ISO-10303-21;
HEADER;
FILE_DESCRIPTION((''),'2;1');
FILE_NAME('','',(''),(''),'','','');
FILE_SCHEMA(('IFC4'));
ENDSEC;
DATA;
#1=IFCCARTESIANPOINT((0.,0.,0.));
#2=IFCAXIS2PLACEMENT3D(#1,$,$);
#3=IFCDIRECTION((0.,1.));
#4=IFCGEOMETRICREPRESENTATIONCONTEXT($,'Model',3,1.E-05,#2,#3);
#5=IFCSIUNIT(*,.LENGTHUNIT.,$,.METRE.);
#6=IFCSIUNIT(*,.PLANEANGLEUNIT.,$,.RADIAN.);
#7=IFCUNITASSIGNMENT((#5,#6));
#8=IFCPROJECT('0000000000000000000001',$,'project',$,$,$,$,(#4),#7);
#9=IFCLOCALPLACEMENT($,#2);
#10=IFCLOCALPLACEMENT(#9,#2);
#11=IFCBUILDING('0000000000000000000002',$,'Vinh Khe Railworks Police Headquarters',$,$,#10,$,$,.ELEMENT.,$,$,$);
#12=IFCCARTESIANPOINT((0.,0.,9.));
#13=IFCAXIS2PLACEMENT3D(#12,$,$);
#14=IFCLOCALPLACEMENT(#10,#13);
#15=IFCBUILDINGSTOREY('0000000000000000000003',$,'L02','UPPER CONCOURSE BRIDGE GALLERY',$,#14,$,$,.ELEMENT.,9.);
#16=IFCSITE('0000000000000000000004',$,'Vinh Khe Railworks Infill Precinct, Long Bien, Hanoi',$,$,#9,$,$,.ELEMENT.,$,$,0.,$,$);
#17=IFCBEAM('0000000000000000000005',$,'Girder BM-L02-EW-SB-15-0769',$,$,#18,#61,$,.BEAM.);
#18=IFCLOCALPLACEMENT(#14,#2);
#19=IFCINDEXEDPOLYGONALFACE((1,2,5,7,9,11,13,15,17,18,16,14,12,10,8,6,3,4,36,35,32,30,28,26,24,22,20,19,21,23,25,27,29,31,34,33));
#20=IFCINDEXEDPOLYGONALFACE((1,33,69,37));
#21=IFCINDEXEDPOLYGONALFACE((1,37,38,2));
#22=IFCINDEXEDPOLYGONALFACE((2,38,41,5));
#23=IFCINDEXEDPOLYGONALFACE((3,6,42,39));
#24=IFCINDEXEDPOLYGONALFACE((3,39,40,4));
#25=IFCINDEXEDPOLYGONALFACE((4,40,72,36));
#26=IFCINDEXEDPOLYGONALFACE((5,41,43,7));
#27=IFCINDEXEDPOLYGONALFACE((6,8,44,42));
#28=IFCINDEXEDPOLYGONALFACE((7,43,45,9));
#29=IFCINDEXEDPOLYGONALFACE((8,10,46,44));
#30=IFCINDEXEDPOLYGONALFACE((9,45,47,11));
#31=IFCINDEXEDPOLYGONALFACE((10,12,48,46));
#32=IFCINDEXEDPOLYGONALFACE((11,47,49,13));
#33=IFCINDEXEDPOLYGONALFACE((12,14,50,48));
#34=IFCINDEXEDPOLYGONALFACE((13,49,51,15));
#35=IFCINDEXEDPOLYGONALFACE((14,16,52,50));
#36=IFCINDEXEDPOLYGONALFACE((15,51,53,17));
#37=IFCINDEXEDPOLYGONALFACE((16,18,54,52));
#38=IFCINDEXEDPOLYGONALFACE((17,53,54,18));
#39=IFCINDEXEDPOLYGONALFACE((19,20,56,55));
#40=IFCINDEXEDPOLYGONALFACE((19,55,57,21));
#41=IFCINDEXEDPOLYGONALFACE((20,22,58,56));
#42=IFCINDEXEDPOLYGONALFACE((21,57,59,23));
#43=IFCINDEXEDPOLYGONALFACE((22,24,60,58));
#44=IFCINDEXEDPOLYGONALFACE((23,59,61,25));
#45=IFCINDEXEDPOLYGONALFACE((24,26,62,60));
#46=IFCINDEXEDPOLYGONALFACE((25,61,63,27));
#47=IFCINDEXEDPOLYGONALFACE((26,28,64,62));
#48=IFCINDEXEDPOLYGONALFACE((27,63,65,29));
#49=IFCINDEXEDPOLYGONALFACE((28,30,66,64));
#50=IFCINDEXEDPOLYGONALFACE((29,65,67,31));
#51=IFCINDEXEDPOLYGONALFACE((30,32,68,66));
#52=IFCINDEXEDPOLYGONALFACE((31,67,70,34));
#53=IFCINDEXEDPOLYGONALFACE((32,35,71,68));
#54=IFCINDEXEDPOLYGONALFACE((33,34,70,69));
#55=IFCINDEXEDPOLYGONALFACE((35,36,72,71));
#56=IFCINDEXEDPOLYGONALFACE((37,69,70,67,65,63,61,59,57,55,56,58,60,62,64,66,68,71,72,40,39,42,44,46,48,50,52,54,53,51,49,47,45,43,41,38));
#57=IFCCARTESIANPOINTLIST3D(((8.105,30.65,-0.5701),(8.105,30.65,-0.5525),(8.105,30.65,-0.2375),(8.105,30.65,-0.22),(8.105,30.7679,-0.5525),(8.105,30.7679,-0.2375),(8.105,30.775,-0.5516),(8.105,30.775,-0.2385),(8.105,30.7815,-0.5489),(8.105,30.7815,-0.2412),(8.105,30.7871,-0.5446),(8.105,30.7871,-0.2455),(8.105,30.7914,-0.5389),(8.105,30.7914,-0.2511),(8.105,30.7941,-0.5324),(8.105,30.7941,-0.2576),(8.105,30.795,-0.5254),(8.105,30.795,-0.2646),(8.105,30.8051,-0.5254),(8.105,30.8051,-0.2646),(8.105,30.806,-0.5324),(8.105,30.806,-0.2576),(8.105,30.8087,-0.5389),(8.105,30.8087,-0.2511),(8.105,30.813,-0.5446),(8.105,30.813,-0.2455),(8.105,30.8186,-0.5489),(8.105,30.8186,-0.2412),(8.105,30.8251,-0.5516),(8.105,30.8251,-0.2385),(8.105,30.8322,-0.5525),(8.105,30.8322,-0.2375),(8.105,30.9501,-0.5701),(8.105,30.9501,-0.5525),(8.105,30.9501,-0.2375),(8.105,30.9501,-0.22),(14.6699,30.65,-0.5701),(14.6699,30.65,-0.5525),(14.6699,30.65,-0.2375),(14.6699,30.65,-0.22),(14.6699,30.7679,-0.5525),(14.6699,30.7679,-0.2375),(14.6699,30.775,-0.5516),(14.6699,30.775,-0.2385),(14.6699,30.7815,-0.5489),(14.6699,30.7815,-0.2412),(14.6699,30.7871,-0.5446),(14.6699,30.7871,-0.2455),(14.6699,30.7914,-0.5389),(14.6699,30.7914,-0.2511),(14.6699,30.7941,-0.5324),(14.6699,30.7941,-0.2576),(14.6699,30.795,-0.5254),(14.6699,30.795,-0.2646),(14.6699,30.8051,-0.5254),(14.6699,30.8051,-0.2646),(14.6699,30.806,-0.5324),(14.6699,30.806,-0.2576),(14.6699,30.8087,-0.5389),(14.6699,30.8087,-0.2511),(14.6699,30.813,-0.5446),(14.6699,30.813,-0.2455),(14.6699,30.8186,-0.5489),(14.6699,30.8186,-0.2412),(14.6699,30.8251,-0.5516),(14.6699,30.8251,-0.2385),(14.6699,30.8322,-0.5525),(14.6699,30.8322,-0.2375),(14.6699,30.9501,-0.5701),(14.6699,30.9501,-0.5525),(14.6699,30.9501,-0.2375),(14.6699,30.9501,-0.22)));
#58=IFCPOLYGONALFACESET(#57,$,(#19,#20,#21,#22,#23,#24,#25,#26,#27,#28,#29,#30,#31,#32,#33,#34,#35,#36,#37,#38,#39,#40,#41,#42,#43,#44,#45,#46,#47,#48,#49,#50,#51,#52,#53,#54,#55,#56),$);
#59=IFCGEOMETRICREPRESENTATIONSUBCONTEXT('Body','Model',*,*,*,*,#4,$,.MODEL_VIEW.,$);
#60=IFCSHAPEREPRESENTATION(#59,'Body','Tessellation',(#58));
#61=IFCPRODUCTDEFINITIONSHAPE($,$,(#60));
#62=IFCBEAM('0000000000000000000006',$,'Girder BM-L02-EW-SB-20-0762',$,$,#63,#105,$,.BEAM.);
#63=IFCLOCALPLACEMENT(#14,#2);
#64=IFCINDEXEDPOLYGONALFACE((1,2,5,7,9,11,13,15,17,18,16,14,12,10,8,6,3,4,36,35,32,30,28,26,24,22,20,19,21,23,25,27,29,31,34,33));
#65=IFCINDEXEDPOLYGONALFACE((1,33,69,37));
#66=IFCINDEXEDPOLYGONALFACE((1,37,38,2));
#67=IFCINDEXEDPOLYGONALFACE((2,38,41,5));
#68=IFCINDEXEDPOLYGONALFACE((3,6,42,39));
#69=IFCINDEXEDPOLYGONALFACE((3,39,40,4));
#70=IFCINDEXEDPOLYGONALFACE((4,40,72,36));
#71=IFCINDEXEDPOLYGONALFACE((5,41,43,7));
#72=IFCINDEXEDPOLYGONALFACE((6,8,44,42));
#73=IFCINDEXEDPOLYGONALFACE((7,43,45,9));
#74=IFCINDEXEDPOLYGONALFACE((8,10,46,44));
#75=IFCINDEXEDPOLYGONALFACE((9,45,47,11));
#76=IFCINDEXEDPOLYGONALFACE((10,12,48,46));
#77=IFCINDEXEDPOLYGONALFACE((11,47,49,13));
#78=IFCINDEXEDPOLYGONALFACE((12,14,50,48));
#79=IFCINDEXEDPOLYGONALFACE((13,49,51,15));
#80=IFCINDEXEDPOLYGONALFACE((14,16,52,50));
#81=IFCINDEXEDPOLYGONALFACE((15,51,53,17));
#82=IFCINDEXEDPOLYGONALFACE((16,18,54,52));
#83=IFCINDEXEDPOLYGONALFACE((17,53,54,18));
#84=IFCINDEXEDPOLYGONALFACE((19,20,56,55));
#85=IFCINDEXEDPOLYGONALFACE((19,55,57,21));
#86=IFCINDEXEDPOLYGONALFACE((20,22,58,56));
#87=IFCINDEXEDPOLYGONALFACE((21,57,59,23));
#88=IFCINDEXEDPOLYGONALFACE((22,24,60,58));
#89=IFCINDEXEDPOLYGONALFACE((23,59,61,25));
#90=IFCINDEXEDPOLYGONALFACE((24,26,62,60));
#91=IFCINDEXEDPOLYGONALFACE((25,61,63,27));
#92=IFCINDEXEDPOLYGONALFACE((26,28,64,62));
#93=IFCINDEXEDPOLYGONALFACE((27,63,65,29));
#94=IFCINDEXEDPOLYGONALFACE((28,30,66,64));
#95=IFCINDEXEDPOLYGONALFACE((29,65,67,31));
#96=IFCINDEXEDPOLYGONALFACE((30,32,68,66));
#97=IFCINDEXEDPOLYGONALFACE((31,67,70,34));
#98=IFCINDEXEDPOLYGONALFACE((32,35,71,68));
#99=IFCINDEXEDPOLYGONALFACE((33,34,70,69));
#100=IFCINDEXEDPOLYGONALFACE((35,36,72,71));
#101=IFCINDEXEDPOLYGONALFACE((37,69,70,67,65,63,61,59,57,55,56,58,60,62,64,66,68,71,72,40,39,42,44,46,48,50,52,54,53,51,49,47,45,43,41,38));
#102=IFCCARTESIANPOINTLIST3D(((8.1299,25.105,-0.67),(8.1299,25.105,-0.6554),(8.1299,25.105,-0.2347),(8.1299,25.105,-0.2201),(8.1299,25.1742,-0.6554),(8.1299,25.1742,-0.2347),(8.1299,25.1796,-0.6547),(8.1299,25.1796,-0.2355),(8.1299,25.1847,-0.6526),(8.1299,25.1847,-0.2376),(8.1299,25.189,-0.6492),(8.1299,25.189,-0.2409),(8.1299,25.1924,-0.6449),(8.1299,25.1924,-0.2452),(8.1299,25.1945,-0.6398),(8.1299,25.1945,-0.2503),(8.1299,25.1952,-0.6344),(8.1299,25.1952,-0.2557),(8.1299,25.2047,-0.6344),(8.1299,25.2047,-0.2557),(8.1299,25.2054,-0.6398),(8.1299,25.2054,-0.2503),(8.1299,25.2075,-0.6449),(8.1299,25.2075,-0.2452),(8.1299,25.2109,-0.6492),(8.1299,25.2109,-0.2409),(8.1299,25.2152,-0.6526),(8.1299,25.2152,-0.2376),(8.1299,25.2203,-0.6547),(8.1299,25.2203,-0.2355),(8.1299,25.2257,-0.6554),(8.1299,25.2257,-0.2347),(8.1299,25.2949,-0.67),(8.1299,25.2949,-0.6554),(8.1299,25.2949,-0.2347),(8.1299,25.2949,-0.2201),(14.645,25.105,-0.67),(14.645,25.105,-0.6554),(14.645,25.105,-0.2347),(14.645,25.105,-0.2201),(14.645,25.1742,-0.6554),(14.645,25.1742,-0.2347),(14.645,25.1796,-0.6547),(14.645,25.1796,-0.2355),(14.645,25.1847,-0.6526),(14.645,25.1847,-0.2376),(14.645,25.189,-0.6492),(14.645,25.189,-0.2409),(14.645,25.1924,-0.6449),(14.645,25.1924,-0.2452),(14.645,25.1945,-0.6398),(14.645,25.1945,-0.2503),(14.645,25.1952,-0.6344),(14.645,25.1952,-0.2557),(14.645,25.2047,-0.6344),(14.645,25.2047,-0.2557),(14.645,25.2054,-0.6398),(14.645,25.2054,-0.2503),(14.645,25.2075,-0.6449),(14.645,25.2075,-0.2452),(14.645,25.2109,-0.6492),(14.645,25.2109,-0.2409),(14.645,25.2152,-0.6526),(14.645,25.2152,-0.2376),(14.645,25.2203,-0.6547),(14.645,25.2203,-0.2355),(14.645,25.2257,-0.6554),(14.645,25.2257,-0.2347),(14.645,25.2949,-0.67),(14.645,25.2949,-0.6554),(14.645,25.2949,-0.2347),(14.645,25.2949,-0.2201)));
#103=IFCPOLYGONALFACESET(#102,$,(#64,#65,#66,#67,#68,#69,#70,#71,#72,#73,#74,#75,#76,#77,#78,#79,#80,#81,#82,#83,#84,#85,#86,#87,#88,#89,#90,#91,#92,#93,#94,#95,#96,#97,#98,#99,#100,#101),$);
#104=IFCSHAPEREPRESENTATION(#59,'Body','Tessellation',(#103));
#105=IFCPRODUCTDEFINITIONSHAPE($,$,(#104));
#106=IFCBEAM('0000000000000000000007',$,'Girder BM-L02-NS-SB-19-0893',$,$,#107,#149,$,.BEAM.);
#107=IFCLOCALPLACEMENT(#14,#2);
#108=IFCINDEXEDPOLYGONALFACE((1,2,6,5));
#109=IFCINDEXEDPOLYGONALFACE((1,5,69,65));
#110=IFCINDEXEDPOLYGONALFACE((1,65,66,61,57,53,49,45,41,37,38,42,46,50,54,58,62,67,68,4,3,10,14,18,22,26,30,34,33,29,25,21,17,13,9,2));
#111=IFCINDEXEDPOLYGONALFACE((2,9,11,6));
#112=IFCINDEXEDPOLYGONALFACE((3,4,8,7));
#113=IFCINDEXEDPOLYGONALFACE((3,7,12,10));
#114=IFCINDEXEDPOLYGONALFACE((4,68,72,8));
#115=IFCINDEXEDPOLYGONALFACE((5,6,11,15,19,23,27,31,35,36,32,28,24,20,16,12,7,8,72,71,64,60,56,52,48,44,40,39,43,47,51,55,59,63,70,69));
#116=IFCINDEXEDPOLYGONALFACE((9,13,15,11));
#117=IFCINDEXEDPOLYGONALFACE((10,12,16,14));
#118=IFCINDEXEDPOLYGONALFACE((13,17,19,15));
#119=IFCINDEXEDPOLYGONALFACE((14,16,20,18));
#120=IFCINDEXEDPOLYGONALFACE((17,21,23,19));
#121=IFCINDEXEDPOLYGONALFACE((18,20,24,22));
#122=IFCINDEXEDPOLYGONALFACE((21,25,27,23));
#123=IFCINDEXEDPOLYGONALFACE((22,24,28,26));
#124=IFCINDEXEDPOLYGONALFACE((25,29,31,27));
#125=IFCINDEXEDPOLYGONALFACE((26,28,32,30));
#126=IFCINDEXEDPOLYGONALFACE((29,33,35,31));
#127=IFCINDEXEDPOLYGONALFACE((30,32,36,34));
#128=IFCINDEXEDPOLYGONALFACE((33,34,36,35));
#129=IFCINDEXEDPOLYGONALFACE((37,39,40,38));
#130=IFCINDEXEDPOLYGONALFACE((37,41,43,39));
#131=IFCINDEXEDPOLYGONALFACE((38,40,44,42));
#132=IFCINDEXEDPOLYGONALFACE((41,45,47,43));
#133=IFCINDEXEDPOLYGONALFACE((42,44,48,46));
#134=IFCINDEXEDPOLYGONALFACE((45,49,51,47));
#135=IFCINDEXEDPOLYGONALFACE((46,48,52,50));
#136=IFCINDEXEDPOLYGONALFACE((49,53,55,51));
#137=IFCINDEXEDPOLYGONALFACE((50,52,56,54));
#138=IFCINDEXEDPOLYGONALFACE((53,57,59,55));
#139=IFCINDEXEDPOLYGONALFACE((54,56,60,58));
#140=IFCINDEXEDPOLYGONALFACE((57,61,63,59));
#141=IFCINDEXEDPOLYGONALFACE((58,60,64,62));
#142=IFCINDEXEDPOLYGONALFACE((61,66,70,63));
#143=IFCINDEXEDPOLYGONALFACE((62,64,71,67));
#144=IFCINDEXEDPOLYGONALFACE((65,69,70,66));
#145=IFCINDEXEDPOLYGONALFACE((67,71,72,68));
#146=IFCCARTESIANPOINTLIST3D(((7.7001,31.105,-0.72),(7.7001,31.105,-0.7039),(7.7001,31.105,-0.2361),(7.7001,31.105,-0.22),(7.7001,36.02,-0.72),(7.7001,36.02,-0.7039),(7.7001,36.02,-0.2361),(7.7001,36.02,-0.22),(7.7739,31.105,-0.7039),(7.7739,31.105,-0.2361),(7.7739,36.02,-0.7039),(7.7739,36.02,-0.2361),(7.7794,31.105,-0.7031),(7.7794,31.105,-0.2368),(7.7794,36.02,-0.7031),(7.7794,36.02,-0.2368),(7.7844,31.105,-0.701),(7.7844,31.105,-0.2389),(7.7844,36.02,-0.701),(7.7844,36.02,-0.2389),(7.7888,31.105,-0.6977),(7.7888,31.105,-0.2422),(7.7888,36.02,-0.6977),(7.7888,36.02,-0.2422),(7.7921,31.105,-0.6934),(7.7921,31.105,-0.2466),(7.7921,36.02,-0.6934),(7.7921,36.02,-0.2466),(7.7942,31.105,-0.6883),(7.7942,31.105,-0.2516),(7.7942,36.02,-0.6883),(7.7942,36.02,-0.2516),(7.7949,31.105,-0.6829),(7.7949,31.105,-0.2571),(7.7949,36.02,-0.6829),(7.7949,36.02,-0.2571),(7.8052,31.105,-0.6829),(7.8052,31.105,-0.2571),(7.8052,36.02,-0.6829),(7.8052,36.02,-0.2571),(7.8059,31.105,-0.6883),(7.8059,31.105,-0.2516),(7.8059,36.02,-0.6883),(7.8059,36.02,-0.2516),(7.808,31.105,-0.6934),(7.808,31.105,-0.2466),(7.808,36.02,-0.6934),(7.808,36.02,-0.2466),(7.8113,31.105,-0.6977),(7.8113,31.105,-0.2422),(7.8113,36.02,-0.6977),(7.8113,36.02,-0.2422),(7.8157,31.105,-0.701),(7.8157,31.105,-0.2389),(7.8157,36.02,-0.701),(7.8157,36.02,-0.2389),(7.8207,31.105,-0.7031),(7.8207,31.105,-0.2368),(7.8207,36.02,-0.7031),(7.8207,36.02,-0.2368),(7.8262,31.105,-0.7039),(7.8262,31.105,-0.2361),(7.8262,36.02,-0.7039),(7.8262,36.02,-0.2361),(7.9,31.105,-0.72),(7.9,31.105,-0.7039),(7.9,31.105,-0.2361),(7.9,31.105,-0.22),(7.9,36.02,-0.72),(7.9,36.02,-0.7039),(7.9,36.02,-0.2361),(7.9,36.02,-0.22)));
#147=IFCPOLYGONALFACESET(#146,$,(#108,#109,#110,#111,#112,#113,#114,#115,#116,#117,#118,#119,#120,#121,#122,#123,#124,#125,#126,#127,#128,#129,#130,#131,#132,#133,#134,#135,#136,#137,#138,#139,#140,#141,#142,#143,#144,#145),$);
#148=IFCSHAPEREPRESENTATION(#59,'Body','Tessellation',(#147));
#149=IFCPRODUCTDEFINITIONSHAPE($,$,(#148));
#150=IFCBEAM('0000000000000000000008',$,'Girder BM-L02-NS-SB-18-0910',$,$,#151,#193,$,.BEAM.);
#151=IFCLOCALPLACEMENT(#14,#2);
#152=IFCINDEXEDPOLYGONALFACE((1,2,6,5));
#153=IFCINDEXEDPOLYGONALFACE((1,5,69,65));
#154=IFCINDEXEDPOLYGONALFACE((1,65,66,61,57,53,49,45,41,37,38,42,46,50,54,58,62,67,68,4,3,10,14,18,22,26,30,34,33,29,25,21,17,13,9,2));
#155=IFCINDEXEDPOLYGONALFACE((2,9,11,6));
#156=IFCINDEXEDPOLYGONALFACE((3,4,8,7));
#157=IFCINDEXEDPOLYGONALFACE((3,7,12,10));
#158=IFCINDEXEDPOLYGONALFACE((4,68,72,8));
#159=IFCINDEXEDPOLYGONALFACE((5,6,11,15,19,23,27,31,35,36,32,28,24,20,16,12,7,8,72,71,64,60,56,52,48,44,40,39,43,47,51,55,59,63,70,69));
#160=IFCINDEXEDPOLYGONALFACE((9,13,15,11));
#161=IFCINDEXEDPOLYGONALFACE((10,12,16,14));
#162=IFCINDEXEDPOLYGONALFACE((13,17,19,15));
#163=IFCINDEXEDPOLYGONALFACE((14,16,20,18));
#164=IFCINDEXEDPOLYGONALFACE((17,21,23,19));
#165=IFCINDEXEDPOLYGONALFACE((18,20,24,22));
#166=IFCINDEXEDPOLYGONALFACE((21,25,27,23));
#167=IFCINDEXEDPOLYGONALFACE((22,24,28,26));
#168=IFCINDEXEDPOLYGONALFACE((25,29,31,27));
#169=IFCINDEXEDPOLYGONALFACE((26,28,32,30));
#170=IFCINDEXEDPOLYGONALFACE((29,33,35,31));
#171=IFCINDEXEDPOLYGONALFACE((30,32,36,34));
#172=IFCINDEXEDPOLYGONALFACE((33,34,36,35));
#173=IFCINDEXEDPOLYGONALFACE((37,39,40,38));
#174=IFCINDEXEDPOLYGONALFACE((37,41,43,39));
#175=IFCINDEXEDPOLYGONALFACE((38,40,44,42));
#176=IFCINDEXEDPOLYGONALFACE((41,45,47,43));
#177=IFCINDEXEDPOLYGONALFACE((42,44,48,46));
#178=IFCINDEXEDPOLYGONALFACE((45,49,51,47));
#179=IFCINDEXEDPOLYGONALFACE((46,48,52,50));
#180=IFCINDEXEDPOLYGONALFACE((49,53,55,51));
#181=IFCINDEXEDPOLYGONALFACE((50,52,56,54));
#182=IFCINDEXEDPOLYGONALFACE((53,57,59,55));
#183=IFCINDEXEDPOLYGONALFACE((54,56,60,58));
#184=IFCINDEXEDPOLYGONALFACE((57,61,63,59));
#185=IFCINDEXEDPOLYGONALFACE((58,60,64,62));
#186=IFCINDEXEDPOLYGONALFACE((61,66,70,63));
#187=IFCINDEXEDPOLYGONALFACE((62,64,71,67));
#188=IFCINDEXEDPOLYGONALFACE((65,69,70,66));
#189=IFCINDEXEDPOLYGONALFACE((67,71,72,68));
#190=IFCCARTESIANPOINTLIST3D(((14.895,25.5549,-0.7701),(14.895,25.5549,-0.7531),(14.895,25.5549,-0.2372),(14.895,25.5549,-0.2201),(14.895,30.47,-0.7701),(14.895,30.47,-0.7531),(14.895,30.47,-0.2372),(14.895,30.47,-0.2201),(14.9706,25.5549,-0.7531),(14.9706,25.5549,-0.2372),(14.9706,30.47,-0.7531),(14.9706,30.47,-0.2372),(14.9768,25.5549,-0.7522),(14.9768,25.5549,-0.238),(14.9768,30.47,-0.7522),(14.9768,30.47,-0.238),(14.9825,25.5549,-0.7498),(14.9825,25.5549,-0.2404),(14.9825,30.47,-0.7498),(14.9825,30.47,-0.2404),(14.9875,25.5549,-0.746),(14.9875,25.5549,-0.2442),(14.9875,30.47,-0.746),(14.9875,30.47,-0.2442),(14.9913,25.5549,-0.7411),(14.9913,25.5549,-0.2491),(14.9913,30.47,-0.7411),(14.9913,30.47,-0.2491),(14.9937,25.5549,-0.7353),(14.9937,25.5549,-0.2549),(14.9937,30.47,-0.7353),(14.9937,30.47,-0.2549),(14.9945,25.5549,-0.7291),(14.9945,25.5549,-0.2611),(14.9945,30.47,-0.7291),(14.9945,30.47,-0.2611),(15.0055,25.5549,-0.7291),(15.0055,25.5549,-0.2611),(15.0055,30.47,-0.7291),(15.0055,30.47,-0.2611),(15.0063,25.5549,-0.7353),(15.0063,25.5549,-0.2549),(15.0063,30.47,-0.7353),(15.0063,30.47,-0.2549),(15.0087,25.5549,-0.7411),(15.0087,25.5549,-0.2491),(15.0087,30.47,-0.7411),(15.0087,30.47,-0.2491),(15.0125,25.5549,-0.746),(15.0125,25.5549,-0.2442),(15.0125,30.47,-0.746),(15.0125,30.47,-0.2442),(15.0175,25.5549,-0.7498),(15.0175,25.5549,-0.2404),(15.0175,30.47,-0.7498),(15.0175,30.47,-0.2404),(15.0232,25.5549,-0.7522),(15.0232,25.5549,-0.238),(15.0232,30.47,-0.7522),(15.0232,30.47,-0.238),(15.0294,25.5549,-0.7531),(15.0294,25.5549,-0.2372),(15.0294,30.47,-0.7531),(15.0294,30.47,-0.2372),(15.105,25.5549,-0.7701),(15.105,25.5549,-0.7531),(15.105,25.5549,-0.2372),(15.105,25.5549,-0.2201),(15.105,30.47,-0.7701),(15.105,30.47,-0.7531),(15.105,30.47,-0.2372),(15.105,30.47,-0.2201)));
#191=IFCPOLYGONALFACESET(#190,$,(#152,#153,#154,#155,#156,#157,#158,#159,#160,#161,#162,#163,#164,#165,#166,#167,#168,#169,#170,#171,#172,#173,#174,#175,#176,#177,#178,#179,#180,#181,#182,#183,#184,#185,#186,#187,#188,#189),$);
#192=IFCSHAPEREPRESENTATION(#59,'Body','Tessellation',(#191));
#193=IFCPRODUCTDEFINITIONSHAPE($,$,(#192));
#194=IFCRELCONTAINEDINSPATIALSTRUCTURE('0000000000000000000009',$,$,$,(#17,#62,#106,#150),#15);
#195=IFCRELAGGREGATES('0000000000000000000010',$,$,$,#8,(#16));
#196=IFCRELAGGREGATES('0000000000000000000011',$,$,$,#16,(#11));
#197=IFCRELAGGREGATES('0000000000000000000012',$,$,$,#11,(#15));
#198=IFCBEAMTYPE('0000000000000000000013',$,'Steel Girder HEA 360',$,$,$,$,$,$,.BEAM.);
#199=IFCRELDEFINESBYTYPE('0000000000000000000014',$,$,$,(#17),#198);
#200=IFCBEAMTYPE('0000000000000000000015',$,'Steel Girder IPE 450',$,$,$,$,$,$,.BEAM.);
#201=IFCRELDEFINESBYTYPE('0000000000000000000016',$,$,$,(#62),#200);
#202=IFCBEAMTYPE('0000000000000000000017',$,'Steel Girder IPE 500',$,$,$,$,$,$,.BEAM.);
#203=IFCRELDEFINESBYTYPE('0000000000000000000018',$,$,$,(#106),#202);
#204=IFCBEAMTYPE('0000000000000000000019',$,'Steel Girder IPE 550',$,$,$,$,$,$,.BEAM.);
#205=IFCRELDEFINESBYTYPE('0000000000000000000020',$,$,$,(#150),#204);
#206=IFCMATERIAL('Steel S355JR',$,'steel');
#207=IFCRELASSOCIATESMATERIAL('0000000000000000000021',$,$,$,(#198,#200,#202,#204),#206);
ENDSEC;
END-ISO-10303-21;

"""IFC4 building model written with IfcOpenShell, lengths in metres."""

from ifc_helpers import new_model, si_unit, direction, frame, origin, origin_2d, place, context, subcontext, project, spatial, i_section, extrude, material, material_profile, profile_set, type_object, element, save


model = new_model("IFC4")

# Units and contexts
model_context = context("Model", 3, precision=1e-05, world=origin(), true_north=direction((0.0, 1.0)))
body_context = subcontext(model_context, "Body", "Model", "MODEL_VIEW")
ifc_project = project(units=[si_unit("LENGTHUNIT", "METRE"), si_unit("PLANEANGLEUNIT", "RADIAN")], contexts=[model_context])

# Site, building, storey
site_placement = place(None, origin())
site = spatial("IfcSite", under=ifc_project, at=site_placement, Name="Vinh Khe Railworks Infill Precinct, Long Bien, Hanoi", CompositionType="ELEMENT", RefElevation=0.0)
building_placement = place(site_placement, origin())
building = spatial("IfcBuilding", under=site, at=building_placement, Name="Vinh Khe Railworks Police Headquarters", CompositionType="ELEMENT")
storey_placement = place(building_placement, frame((0.0, 0.0, 9.0)))
storey = spatial("IfcBuildingStorey", under=building, at=storey_placement, Name="L02", Description="UPPER CONCOURSE BRIDGE GALLERY", CompositionType="ELEMENT", Elevation=9.0)

# Shared definitions
ifc_material_1 = material(Name="Steel S355JR", Category="steel")

# Beams
ifc_material_profile_1 = material_profile(ifc_material_1, i_section(OverallWidth=0.3, OverallDepth=0.3501, WebThickness=0.01, FlangeThickness=0.0176, FilletRadius=0.0271, at=origin_2d()), Name="HEA 360")
ifc_profile_set_1 = profile_set([ifc_material_profile_1], Name="Steel S355JR")
beam_type_1 = type_object("IfcBeamType", Name="Steel Girder HEA 360", PredefinedType="BEAM", material=ifc_profile_set_1)
beam_1_placement = place(storey_placement, frame((8.105, 30.8, -0.395), z_axis=(1.0, 0.0, 0.0), x_axis=(0.0, 1.0, 0.0)))
element("IfcBeam", 1, at=beam_1_placement, inside=storey, type_object=beam_type_1, Name="Girder BM-L02-EW-SB-15-0769", PredefinedType="BEAM", context=body_context, shape_type="SweptSolid", body=[
    extrude(i_section(OverallWidth=0.3, OverallDepth=0.3501, WebThickness=0.01, FlangeThickness=0.0176, FilletRadius=0.0271, at=origin_2d()), origin(), (0.0, 0.0, 1.0), 6.5649),
])
ifc_material_profile_2 = material_profile(ifc_material_1, i_section(OverallWidth=0.1899, OverallDepth=0.45, WebThickness=0.0095, FlangeThickness=0.0146, FilletRadius=0.021, at=origin_2d()), Name="IPE 450")
ifc_profile_set_2 = profile_set([ifc_material_profile_2], Name="Steel S355JR")
beam_type_2 = type_object("IfcBeamType", Name="Steel Girder IPE 450", PredefinedType="BEAM", material=ifc_profile_set_2)
beam_2_placement = place(storey_placement, frame((8.1299, 25.2, -0.4451), z_axis=(1.0, 0.0, 0.0), x_axis=(0.0, 1.0, 0.0)))
element("IfcBeam", 2, at=beam_2_placement, inside=storey, type_object=beam_type_2, Name="Girder BM-L02-EW-SB-20-0762", PredefinedType="BEAM", context=body_context, shape_type="SweptSolid", body=[
    extrude(i_section(OverallWidth=0.1899, OverallDepth=0.45, WebThickness=0.0095, FlangeThickness=0.0146, FilletRadius=0.021, at=origin_2d()), origin(), (0.0, 0.0, 1.0), 6.5151),
])
ifc_material_profile_3 = material_profile(ifc_material_1, i_section(OverallWidth=0.2, OverallDepth=0.5, WebThickness=0.0103, FlangeThickness=0.0161, FilletRadius=0.021, at=origin_2d()), Name="IPE 500")
ifc_profile_set_3 = profile_set([ifc_material_profile_3], Name="Steel S355JR")
beam_type_3 = type_object("IfcBeamType", Name="Steel Girder IPE 500", PredefinedType="BEAM", material=ifc_profile_set_3)
beam_3_placement = place(storey_placement, frame((7.8, 31.105, -0.47), z_axis=(0.0, 1.0, 0.0), x_axis=(-1.0, 0.0, 0.0)))
element("IfcBeam", 3, at=beam_3_placement, inside=storey, type_object=beam_type_3, Name="Girder BM-L02-NS-SB-19-0893", PredefinedType="BEAM", context=body_context, shape_type="SweptSolid", body=[
    extrude(i_section(OverallWidth=0.2, OverallDepth=0.5, WebThickness=0.0103, FlangeThickness=0.0161, FilletRadius=0.021, at=origin_2d()), origin(), (0.0, 0.0, 1.0), 4.915),
])
ifc_material_profile_4 = material_profile(ifc_material_1, i_section(OverallWidth=0.21, OverallDepth=0.55, WebThickness=0.011, FlangeThickness=0.0171, FilletRadius=0.0239, at=origin_2d()), Name="IPE 550")
ifc_profile_set_4 = profile_set([ifc_material_profile_4], Name="Steel S355JR")
beam_type_4 = type_object("IfcBeamType", Name="Steel Girder IPE 550", PredefinedType="BEAM", material=ifc_profile_set_4)
beam_4_placement = place(storey_placement, frame((15.0, 25.5549, -0.4951), z_axis=(0.0, 1.0, 0.0), x_axis=(-1.0, 0.0, 0.0)))
element("IfcBeam", 4, at=beam_4_placement, inside=storey, type_object=beam_type_4, Name="Girder BM-L02-NS-SB-18-0910", PredefinedType="BEAM", context=body_context, shape_type="SweptSolid", body=[
    extrude(i_section(OverallWidth=0.21, OverallDepth=0.55, WebThickness=0.011, FlangeThickness=0.0171, FilletRadius=0.0239, at=origin_2d()), origin(), (0.0, 0.0, 1.0), 4.915),
])

save(model, "model.ifc")
